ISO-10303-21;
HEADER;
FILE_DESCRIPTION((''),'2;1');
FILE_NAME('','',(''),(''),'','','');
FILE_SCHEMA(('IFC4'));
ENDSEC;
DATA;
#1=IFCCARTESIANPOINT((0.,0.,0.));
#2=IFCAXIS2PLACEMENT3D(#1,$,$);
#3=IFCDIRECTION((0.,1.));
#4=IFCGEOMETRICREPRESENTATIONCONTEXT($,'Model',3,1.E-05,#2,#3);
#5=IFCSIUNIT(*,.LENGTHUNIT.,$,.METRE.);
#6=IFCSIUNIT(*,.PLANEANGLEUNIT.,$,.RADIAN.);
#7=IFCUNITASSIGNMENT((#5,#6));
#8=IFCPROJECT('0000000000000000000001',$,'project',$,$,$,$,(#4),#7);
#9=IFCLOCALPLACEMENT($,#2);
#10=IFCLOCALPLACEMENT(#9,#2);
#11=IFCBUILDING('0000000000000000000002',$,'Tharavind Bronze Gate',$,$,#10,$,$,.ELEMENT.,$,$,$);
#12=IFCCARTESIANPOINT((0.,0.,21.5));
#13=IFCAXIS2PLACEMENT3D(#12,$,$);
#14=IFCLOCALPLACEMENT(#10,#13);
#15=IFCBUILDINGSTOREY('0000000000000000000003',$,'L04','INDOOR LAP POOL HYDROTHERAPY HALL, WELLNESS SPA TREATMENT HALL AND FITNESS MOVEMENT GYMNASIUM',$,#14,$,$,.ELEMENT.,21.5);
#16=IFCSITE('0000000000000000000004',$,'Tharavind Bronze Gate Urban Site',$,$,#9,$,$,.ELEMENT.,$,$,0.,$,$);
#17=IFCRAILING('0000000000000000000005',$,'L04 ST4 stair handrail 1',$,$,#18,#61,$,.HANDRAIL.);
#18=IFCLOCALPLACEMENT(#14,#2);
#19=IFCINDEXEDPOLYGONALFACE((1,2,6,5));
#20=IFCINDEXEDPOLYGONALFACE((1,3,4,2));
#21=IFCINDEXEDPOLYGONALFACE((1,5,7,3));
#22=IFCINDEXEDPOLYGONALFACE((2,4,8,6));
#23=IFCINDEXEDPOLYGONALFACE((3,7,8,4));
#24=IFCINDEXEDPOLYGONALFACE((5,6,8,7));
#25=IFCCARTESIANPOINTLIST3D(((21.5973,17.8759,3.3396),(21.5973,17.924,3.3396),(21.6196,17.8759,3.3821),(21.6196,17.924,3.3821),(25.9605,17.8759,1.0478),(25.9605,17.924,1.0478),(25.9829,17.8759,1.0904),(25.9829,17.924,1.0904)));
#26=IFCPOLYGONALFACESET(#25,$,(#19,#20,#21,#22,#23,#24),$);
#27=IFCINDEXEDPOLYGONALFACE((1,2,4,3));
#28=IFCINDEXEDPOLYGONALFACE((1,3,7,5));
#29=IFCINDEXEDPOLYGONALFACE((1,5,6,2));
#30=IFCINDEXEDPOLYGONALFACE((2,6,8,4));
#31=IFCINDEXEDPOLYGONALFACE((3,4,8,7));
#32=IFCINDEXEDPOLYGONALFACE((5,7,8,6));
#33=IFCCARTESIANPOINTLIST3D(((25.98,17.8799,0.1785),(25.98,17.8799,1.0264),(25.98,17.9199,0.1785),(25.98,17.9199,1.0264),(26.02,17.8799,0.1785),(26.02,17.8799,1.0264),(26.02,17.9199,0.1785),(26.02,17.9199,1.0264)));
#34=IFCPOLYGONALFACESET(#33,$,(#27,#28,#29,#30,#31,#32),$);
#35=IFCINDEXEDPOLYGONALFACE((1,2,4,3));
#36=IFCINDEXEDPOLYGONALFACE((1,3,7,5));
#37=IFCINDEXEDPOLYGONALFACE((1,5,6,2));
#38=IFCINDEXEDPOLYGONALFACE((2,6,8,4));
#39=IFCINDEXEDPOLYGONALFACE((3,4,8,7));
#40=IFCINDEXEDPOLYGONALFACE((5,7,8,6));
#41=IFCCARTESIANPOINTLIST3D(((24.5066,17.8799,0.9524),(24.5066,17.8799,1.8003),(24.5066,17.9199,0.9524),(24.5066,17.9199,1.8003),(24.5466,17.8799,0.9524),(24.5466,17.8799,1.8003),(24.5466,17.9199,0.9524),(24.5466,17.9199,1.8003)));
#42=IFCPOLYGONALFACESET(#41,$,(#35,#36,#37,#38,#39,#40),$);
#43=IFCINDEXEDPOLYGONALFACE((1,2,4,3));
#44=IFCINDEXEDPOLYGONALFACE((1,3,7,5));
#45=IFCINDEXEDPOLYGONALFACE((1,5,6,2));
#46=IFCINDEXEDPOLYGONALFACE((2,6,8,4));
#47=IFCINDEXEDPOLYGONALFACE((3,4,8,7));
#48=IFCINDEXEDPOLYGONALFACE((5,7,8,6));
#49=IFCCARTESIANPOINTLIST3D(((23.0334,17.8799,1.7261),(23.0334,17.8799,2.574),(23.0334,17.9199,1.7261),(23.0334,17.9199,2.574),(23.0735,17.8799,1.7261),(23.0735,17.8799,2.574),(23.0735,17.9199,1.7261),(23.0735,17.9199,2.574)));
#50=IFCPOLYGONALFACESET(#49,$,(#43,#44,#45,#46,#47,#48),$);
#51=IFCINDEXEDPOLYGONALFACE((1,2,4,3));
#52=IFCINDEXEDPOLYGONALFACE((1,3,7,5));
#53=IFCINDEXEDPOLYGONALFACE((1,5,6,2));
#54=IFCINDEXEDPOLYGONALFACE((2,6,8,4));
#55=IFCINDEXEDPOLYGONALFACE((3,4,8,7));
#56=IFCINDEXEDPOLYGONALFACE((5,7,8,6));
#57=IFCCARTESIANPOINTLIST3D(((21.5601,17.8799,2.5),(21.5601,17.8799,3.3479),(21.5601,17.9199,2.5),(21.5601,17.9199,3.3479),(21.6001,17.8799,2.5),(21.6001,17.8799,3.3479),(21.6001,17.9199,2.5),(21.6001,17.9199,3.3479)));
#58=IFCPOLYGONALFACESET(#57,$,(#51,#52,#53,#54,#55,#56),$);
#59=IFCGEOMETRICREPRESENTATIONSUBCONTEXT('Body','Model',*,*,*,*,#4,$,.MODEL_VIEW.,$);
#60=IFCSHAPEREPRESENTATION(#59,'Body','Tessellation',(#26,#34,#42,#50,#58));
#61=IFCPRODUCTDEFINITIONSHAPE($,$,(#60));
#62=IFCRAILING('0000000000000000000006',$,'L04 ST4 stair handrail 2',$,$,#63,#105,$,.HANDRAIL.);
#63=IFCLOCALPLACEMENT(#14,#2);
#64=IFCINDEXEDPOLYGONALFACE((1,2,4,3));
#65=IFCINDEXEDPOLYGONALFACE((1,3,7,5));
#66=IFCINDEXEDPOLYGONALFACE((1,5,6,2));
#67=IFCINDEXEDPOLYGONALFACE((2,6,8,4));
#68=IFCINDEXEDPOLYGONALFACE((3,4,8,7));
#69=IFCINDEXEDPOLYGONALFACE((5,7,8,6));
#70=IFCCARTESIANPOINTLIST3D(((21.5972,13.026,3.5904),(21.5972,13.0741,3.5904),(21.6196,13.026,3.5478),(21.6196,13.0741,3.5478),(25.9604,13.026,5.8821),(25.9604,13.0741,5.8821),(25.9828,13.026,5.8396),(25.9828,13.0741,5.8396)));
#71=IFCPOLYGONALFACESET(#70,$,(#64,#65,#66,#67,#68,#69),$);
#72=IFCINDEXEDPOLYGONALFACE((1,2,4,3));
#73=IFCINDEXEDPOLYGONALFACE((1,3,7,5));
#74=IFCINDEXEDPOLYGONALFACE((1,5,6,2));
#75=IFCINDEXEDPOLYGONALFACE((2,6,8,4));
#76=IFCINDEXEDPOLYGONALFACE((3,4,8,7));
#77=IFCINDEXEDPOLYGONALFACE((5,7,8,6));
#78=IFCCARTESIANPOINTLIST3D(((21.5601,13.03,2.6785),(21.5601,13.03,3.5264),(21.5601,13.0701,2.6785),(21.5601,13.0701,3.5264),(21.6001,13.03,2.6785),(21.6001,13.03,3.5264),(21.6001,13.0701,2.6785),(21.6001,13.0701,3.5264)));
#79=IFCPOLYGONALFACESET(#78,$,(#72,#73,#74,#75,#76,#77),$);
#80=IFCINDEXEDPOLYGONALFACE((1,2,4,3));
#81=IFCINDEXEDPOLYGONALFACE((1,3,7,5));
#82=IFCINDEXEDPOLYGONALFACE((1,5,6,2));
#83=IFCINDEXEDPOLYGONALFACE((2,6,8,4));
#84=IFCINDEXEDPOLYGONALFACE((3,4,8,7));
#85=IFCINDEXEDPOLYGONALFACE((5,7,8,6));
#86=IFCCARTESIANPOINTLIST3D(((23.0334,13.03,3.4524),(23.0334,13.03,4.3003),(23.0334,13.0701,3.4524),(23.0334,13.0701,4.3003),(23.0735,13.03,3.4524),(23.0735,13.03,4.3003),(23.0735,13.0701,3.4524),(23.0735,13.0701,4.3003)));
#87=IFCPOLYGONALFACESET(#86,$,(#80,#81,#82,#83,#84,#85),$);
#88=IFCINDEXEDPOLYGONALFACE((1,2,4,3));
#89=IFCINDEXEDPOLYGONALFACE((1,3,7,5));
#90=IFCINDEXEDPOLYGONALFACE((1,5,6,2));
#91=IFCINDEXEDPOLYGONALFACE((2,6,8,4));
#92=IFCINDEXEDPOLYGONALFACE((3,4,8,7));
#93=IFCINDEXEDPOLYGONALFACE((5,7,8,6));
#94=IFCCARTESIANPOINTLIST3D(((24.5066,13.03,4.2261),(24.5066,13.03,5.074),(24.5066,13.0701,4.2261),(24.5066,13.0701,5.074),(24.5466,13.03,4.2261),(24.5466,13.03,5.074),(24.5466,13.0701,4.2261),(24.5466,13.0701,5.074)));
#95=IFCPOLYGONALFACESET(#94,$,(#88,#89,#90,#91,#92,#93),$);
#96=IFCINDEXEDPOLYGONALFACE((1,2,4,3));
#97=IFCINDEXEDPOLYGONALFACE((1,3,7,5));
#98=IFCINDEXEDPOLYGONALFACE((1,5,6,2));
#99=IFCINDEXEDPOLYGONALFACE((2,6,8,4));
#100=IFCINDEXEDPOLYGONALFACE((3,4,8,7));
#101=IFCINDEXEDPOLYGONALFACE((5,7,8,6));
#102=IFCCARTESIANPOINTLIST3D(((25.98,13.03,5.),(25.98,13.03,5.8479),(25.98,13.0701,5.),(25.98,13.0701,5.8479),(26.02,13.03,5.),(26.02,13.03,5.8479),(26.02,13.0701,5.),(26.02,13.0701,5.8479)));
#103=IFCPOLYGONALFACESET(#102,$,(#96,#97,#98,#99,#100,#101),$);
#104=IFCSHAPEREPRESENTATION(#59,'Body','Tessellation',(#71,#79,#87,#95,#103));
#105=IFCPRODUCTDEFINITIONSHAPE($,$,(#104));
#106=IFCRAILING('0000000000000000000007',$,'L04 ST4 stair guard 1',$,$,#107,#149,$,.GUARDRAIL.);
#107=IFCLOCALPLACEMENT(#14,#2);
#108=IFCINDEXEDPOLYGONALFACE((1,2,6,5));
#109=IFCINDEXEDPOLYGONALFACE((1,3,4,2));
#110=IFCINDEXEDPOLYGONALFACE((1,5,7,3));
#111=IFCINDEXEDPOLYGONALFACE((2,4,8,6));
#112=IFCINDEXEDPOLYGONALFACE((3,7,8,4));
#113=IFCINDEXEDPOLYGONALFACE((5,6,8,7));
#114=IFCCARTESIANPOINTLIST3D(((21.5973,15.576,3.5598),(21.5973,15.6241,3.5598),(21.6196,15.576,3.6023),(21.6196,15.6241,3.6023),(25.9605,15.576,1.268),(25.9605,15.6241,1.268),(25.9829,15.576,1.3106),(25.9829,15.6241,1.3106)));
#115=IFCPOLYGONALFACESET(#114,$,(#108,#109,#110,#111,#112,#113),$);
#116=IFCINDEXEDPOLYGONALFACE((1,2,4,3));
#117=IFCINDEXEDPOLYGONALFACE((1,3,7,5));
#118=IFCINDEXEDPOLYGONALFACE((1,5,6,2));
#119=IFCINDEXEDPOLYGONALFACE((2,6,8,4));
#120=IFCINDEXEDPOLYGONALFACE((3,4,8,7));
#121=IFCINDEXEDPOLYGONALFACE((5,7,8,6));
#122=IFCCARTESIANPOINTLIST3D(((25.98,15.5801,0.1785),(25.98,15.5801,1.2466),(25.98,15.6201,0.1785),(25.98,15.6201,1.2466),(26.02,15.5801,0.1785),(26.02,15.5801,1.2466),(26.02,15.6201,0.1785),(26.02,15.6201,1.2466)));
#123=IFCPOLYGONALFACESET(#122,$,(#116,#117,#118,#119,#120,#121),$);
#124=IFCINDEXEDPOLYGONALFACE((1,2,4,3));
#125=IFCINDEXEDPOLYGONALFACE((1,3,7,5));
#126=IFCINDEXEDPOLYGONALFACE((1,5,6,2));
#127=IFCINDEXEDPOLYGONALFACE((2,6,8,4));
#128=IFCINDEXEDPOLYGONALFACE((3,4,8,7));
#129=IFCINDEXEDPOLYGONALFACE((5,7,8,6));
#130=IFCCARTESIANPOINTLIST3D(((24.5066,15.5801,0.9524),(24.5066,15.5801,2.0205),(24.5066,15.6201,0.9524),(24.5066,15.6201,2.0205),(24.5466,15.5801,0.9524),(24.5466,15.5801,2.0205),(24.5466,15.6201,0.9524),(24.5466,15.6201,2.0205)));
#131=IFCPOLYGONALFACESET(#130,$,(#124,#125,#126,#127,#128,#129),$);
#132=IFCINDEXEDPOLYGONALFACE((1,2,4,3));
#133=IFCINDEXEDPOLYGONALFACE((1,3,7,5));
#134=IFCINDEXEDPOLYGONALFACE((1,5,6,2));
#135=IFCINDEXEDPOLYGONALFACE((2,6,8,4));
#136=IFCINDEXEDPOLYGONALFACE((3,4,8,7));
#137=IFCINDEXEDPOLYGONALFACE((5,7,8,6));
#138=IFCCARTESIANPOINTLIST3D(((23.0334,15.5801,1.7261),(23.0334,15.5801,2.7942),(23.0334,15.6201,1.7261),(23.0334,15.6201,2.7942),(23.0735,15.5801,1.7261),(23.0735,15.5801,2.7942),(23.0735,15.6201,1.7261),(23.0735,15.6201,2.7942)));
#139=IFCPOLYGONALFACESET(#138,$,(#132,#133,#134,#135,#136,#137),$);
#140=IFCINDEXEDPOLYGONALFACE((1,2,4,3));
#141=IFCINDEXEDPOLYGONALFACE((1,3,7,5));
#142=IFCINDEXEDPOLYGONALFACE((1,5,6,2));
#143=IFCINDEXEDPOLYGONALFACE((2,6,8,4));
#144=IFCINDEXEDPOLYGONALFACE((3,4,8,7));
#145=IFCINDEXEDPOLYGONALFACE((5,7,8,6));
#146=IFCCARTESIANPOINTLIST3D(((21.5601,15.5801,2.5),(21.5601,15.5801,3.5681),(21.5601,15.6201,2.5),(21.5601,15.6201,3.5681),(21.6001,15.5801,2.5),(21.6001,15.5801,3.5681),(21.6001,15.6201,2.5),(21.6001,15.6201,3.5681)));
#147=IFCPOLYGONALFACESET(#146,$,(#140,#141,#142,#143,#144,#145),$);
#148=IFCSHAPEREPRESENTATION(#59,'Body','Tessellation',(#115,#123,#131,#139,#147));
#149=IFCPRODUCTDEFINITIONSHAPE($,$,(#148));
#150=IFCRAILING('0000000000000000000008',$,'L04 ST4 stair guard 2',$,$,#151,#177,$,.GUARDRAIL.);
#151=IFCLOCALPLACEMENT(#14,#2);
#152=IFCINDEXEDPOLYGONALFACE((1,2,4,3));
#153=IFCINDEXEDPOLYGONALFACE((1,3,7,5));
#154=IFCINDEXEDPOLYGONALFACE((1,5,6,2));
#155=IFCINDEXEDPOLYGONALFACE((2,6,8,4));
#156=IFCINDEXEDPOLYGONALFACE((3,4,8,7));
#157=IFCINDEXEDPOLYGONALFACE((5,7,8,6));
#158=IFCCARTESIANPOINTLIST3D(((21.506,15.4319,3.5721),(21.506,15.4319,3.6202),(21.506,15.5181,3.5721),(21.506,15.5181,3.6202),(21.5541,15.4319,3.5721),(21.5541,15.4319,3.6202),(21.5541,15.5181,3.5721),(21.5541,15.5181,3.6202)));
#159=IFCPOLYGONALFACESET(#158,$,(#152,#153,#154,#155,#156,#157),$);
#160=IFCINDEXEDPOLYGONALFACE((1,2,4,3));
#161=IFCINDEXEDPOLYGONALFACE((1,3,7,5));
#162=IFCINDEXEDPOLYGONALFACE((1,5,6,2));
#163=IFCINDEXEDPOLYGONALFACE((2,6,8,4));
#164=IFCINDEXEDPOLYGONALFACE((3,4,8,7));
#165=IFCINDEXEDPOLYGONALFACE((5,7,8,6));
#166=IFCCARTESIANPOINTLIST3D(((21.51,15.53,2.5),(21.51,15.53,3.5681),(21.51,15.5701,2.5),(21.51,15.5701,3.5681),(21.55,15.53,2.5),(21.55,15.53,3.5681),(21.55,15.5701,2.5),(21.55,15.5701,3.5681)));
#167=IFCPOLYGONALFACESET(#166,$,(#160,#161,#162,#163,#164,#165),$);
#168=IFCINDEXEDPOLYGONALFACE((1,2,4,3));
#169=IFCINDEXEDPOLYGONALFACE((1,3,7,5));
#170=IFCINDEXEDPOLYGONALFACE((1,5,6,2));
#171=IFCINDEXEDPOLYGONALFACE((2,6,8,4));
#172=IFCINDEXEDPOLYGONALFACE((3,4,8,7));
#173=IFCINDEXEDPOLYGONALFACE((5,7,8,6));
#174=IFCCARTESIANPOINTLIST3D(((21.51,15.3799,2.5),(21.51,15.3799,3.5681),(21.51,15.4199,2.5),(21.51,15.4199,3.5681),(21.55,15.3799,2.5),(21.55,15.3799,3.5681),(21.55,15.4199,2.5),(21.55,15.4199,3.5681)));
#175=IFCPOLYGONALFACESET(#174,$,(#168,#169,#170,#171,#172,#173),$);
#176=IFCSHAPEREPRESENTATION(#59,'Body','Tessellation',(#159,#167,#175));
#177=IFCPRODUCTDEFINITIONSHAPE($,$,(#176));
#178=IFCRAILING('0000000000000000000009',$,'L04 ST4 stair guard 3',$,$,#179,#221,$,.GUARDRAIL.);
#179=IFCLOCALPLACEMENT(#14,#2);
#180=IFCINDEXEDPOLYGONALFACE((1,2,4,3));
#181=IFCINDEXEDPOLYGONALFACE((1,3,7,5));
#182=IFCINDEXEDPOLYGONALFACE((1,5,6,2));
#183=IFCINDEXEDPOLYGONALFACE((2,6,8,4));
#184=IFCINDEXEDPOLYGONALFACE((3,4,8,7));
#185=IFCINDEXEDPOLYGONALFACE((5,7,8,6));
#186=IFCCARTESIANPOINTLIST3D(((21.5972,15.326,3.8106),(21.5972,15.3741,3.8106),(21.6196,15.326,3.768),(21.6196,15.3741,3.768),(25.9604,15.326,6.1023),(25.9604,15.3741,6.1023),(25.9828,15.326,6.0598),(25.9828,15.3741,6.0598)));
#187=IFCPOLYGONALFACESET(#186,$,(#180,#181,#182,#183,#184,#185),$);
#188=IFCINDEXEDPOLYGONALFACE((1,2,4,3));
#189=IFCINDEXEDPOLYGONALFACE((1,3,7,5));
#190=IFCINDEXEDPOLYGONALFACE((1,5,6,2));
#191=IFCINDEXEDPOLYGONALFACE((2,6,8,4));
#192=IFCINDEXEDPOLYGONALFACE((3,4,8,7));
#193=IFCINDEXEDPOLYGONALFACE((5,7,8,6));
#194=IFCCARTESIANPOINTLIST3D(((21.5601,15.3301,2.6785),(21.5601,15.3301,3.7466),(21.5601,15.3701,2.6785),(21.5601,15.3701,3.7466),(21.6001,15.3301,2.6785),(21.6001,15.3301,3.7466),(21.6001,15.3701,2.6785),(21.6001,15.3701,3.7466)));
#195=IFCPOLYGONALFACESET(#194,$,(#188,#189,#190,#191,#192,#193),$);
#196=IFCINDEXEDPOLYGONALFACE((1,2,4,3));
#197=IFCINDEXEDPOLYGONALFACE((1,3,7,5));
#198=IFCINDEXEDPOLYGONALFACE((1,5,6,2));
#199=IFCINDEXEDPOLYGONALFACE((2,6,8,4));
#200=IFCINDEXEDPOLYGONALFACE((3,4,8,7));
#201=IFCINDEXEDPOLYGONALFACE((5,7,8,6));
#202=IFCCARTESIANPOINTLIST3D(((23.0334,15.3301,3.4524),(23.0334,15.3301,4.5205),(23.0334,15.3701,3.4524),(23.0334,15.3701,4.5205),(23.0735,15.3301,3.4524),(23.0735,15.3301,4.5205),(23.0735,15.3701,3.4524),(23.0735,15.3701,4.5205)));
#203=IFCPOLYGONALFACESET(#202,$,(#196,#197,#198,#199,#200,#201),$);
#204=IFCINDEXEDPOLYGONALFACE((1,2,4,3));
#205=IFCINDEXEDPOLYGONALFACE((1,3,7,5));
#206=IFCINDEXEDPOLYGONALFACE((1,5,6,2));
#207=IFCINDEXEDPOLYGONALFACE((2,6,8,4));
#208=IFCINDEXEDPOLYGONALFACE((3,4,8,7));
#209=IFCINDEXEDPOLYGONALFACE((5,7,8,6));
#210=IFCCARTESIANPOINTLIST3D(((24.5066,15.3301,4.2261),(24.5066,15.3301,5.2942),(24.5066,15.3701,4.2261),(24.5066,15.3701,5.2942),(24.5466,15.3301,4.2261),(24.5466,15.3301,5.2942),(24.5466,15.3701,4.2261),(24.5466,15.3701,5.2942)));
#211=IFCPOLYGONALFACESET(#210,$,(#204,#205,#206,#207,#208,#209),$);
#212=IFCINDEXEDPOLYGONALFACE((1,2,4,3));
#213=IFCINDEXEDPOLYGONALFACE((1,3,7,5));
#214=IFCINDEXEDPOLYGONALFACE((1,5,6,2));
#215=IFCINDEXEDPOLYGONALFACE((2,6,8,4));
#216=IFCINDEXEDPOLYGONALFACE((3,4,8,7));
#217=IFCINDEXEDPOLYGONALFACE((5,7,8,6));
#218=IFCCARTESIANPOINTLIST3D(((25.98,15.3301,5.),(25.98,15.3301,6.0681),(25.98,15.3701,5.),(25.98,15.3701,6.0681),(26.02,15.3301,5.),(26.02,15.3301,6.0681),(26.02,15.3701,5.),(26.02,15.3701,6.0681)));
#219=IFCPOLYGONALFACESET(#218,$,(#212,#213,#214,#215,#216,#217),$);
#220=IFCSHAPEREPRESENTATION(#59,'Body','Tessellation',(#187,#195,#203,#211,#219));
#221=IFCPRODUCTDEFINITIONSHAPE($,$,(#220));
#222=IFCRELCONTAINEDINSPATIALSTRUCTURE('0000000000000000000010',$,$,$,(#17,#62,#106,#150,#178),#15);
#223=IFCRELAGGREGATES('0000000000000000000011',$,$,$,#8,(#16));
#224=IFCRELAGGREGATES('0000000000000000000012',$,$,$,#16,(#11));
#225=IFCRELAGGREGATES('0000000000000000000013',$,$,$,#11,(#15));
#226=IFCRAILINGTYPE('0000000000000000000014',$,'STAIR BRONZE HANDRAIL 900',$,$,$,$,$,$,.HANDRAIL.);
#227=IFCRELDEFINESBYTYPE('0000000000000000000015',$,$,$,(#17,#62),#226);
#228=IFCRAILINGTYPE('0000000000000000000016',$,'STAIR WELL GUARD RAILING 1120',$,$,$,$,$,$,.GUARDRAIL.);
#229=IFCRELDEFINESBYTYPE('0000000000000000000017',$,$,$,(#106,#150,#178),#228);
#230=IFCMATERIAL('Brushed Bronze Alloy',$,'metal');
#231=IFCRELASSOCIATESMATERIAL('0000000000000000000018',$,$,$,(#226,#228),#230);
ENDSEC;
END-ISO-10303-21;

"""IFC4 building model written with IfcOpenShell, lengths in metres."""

from ifc_helpers import new_model, si_unit, direction, frame, origin, origin_2d, place, context, subcontext, project, spatial, rectangle, extrude, material, type_object, element, save


model = new_model("IFC4")

# Units and contexts
model_context = context("Model", 3, precision=1e-05, world=origin(), true_north=direction((0.0, 1.0)))
body_context = subcontext(model_context, "Body", "Model", "MODEL_VIEW")
ifc_project = project(units=[si_unit("LENGTHUNIT", "METRE"), si_unit("PLANEANGLEUNIT", "RADIAN")], contexts=[model_context])

# Site, building, storey
site_placement = place(None, origin())
site = spatial("IfcSite", under=ifc_project, at=site_placement, Name="Tharavind Bronze Gate Urban Site", CompositionType="ELEMENT", RefElevation=0.0)
building_placement = place(site_placement, origin())
building = spatial("IfcBuilding", under=site, at=building_placement, Name="Tharavind Bronze Gate", CompositionType="ELEMENT")
storey_placement = place(building_placement, frame((0.0, 0.0, 21.5)))
storey = spatial("IfcBuildingStorey", under=building, at=storey_placement, Name="L04", Description="INDOOR LAP POOL HYDROTHERAPY HALL, WELLNESS SPA TREATMENT HALL AND FITNESS MOVEMENT GYMNASIUM", CompositionType="ELEMENT", Elevation=21.5)

# Railings
ifc_material_1 = material(Name="Brushed Bronze Alloy", Category="metal")
railing_type_1 = type_object("IfcRailingType", Name="STAIR BRONZE HANDRAIL 900", PredefinedType="HANDRAIL", material=ifc_material_1)
railing_1_placement = place(storey_placement, frame((26.0, 17.8999, 0.1785)))
element("IfcRailing", 1, at=railing_1_placement, inside=storey, type_object=railing_type_1, Name="L04 ST4 stair handrail 1", PredefinedType="HANDRAIL", context=body_context, shape_type="SweptSolid", body=[
    extrude(rectangle(XDim=0.0481, YDim=0.0481, at=origin_2d()), frame((-0.0283, 0.0, 0.8906), z_axis=(-0.885309, 0.0, 0.465003), x_axis=(0.0, -1.0, 0.0)), (0.0, 0.0, 1.0), 4.9285),
    extrude(rectangle(XDim=0.04, YDim=0.04, at=origin_2d()), origin(), (0.0, 0.0, 1.0), 0.8479),
    extrude(rectangle(XDim=0.04, YDim=0.04, at=origin_2d()), frame((-1.4734, 0.0, 0.7739)), (0.0, 0.0, 1.0), 0.8479),
    extrude(rectangle(XDim=0.04, YDim=0.04, at=origin_2d()), frame((-2.9465, 0.0, 1.5476)), (0.0, 0.0, 1.0), 0.8479),
    extrude(rectangle(XDim=0.04, YDim=0.04, at=origin_2d()), frame((-4.4199, 0.0, 2.3215)), (0.0, 0.0, 1.0), 0.8479),
])
railing_2_placement = place(storey_placement, frame((21.5801, 13.05, 2.6785)))
element("IfcRailing", 2, at=railing_2_placement, inside=storey, type_object=railing_type_1, Name="L04 ST4 stair handrail 2", PredefinedType="HANDRAIL", context=body_context, shape_type="SweptSolid", body=[
    extrude(rectangle(XDim=0.0481, YDim=0.0481, at=origin_2d()), frame((0.0283, 0.0, 0.8906), z_axis=(0.885309, 0.0, 0.465003), x_axis=(0.0, 1.0, 0.0)), (0.0, 0.0, 1.0), 4.9285),
    extrude(rectangle(XDim=0.04, YDim=0.04, at=origin_2d()), origin(), (0.0, 0.0, 1.0), 0.8479),
    extrude(rectangle(XDim=0.04, YDim=0.04, at=origin_2d()), frame((1.4734, 0.0, 0.7739)), (0.0, 0.0, 1.0), 0.8479),
    extrude(rectangle(XDim=0.04, YDim=0.04, at=origin_2d()), frame((2.9465, 0.0, 1.5476)), (0.0, 0.0, 1.0), 0.8479),
    extrude(rectangle(XDim=0.04, YDim=0.04, at=origin_2d()), frame((4.4199, 0.0, 2.3215)), (0.0, 0.0, 1.0), 0.8479),
])
railing_type_2 = type_object("IfcRailingType", Name="STAIR WELL GUARD RAILING 1120", PredefinedType="GUARDRAIL", material=ifc_material_1)
railing_3_placement = place(storey_placement, frame((26.0, 15.6001, 0.1785)))
element("IfcRailing", 3, at=railing_3_placement, inside=storey, type_object=railing_type_2, Name="L04 ST4 stair guard 1", PredefinedType="GUARDRAIL", context=body_context, shape_type="SweptSolid", body=[
    extrude(rectangle(XDim=0.0481, YDim=0.0481, at=origin_2d()), frame((-0.0283, 0.0, 1.1108), z_axis=(-0.885309, 0.0, 0.465003), x_axis=(0.0, -1.0, 0.0)), (0.0, 0.0, 1.0), 4.9285),
    extrude(rectangle(XDim=0.04, YDim=0.04, at=origin_2d()), origin(), (0.0, 0.0, 1.0), 1.0681),
    extrude(rectangle(XDim=0.04, YDim=0.04, at=origin_2d()), frame((-1.4734, 0.0, 0.7739)), (0.0, 0.0, 1.0), 1.0681),
    extrude(rectangle(XDim=0.04, YDim=0.04, at=origin_2d()), frame((-2.9465, 0.0, 1.5476)), (0.0, 0.0, 1.0), 1.0681),
    extrude(rectangle(XDim=0.04, YDim=0.04, at=origin_2d()), frame((-4.4199, 0.0, 2.3215)), (0.0, 0.0, 1.0), 1.0681),
])
railing_4_placement = place(storey_placement, frame((21.53, 15.55, 2.5)))
element("IfcRailing", 4, at=railing_4_placement, inside=storey, type_object=railing_type_2, Name="L04 ST4 stair guard 2", PredefinedType="GUARDRAIL", context=body_context, shape_type="SweptSolid", body=[
    extrude(rectangle(XDim=0.0481, YDim=0.0481, at=origin_2d()), frame((0.0, -0.032, 1.0962), z_axis=(0.0, -1.0, 0.0), x_axis=(1.0, 0.0, 0.0)), (0.0, 0.0, 1.0), 0.0862),
    extrude(rectangle(XDim=0.04, YDim=0.04, at=origin_2d()), origin(), (0.0, 0.0, 1.0), 1.0681),
    extrude(rectangle(XDim=0.04, YDim=0.04, at=origin_2d()), frame((0.0, -0.1501, 0.0)), (0.0, 0.0, 1.0), 1.0681),
])
railing_5_placement = place(storey_placement, frame((21.5801, 15.3501, 2.6785)))
element("IfcRailing", 5, at=railing_5_placement, inside=storey, type_object=railing_type_2, Name="L04 ST4 stair guard 3", PredefinedType="GUARDRAIL", context=body_context, shape_type="SweptSolid", body=[
    extrude(rectangle(XDim=0.0481, YDim=0.0481, at=origin_2d()), frame((0.0283, 0.0, 1.1108), z_axis=(0.885309, 0.0, 0.465003), x_axis=(0.0, 1.0, 0.0)), (0.0, 0.0, 1.0), 4.9285),
    extrude(rectangle(XDim=0.04, YDim=0.04, at=origin_2d()), origin(), (0.0, 0.0, 1.0), 1.0681),
    extrude(rectangle(XDim=0.04, YDim=0.04, at=origin_2d()), frame((1.4734, 0.0, 0.7739)), (0.0, 0.0, 1.0), 1.0681),
    extrude(rectangle(XDim=0.04, YDim=0.04, at=origin_2d()), frame((2.9465, 0.0, 1.5476)), (0.0, 0.0, 1.0), 1.0681),
    extrude(rectangle(XDim=0.04, YDim=0.04, at=origin_2d()), frame((4.4199, 0.0, 2.3215)), (0.0, 0.0, 1.0), 1.0681),
])

save(model, "model.ifc")
